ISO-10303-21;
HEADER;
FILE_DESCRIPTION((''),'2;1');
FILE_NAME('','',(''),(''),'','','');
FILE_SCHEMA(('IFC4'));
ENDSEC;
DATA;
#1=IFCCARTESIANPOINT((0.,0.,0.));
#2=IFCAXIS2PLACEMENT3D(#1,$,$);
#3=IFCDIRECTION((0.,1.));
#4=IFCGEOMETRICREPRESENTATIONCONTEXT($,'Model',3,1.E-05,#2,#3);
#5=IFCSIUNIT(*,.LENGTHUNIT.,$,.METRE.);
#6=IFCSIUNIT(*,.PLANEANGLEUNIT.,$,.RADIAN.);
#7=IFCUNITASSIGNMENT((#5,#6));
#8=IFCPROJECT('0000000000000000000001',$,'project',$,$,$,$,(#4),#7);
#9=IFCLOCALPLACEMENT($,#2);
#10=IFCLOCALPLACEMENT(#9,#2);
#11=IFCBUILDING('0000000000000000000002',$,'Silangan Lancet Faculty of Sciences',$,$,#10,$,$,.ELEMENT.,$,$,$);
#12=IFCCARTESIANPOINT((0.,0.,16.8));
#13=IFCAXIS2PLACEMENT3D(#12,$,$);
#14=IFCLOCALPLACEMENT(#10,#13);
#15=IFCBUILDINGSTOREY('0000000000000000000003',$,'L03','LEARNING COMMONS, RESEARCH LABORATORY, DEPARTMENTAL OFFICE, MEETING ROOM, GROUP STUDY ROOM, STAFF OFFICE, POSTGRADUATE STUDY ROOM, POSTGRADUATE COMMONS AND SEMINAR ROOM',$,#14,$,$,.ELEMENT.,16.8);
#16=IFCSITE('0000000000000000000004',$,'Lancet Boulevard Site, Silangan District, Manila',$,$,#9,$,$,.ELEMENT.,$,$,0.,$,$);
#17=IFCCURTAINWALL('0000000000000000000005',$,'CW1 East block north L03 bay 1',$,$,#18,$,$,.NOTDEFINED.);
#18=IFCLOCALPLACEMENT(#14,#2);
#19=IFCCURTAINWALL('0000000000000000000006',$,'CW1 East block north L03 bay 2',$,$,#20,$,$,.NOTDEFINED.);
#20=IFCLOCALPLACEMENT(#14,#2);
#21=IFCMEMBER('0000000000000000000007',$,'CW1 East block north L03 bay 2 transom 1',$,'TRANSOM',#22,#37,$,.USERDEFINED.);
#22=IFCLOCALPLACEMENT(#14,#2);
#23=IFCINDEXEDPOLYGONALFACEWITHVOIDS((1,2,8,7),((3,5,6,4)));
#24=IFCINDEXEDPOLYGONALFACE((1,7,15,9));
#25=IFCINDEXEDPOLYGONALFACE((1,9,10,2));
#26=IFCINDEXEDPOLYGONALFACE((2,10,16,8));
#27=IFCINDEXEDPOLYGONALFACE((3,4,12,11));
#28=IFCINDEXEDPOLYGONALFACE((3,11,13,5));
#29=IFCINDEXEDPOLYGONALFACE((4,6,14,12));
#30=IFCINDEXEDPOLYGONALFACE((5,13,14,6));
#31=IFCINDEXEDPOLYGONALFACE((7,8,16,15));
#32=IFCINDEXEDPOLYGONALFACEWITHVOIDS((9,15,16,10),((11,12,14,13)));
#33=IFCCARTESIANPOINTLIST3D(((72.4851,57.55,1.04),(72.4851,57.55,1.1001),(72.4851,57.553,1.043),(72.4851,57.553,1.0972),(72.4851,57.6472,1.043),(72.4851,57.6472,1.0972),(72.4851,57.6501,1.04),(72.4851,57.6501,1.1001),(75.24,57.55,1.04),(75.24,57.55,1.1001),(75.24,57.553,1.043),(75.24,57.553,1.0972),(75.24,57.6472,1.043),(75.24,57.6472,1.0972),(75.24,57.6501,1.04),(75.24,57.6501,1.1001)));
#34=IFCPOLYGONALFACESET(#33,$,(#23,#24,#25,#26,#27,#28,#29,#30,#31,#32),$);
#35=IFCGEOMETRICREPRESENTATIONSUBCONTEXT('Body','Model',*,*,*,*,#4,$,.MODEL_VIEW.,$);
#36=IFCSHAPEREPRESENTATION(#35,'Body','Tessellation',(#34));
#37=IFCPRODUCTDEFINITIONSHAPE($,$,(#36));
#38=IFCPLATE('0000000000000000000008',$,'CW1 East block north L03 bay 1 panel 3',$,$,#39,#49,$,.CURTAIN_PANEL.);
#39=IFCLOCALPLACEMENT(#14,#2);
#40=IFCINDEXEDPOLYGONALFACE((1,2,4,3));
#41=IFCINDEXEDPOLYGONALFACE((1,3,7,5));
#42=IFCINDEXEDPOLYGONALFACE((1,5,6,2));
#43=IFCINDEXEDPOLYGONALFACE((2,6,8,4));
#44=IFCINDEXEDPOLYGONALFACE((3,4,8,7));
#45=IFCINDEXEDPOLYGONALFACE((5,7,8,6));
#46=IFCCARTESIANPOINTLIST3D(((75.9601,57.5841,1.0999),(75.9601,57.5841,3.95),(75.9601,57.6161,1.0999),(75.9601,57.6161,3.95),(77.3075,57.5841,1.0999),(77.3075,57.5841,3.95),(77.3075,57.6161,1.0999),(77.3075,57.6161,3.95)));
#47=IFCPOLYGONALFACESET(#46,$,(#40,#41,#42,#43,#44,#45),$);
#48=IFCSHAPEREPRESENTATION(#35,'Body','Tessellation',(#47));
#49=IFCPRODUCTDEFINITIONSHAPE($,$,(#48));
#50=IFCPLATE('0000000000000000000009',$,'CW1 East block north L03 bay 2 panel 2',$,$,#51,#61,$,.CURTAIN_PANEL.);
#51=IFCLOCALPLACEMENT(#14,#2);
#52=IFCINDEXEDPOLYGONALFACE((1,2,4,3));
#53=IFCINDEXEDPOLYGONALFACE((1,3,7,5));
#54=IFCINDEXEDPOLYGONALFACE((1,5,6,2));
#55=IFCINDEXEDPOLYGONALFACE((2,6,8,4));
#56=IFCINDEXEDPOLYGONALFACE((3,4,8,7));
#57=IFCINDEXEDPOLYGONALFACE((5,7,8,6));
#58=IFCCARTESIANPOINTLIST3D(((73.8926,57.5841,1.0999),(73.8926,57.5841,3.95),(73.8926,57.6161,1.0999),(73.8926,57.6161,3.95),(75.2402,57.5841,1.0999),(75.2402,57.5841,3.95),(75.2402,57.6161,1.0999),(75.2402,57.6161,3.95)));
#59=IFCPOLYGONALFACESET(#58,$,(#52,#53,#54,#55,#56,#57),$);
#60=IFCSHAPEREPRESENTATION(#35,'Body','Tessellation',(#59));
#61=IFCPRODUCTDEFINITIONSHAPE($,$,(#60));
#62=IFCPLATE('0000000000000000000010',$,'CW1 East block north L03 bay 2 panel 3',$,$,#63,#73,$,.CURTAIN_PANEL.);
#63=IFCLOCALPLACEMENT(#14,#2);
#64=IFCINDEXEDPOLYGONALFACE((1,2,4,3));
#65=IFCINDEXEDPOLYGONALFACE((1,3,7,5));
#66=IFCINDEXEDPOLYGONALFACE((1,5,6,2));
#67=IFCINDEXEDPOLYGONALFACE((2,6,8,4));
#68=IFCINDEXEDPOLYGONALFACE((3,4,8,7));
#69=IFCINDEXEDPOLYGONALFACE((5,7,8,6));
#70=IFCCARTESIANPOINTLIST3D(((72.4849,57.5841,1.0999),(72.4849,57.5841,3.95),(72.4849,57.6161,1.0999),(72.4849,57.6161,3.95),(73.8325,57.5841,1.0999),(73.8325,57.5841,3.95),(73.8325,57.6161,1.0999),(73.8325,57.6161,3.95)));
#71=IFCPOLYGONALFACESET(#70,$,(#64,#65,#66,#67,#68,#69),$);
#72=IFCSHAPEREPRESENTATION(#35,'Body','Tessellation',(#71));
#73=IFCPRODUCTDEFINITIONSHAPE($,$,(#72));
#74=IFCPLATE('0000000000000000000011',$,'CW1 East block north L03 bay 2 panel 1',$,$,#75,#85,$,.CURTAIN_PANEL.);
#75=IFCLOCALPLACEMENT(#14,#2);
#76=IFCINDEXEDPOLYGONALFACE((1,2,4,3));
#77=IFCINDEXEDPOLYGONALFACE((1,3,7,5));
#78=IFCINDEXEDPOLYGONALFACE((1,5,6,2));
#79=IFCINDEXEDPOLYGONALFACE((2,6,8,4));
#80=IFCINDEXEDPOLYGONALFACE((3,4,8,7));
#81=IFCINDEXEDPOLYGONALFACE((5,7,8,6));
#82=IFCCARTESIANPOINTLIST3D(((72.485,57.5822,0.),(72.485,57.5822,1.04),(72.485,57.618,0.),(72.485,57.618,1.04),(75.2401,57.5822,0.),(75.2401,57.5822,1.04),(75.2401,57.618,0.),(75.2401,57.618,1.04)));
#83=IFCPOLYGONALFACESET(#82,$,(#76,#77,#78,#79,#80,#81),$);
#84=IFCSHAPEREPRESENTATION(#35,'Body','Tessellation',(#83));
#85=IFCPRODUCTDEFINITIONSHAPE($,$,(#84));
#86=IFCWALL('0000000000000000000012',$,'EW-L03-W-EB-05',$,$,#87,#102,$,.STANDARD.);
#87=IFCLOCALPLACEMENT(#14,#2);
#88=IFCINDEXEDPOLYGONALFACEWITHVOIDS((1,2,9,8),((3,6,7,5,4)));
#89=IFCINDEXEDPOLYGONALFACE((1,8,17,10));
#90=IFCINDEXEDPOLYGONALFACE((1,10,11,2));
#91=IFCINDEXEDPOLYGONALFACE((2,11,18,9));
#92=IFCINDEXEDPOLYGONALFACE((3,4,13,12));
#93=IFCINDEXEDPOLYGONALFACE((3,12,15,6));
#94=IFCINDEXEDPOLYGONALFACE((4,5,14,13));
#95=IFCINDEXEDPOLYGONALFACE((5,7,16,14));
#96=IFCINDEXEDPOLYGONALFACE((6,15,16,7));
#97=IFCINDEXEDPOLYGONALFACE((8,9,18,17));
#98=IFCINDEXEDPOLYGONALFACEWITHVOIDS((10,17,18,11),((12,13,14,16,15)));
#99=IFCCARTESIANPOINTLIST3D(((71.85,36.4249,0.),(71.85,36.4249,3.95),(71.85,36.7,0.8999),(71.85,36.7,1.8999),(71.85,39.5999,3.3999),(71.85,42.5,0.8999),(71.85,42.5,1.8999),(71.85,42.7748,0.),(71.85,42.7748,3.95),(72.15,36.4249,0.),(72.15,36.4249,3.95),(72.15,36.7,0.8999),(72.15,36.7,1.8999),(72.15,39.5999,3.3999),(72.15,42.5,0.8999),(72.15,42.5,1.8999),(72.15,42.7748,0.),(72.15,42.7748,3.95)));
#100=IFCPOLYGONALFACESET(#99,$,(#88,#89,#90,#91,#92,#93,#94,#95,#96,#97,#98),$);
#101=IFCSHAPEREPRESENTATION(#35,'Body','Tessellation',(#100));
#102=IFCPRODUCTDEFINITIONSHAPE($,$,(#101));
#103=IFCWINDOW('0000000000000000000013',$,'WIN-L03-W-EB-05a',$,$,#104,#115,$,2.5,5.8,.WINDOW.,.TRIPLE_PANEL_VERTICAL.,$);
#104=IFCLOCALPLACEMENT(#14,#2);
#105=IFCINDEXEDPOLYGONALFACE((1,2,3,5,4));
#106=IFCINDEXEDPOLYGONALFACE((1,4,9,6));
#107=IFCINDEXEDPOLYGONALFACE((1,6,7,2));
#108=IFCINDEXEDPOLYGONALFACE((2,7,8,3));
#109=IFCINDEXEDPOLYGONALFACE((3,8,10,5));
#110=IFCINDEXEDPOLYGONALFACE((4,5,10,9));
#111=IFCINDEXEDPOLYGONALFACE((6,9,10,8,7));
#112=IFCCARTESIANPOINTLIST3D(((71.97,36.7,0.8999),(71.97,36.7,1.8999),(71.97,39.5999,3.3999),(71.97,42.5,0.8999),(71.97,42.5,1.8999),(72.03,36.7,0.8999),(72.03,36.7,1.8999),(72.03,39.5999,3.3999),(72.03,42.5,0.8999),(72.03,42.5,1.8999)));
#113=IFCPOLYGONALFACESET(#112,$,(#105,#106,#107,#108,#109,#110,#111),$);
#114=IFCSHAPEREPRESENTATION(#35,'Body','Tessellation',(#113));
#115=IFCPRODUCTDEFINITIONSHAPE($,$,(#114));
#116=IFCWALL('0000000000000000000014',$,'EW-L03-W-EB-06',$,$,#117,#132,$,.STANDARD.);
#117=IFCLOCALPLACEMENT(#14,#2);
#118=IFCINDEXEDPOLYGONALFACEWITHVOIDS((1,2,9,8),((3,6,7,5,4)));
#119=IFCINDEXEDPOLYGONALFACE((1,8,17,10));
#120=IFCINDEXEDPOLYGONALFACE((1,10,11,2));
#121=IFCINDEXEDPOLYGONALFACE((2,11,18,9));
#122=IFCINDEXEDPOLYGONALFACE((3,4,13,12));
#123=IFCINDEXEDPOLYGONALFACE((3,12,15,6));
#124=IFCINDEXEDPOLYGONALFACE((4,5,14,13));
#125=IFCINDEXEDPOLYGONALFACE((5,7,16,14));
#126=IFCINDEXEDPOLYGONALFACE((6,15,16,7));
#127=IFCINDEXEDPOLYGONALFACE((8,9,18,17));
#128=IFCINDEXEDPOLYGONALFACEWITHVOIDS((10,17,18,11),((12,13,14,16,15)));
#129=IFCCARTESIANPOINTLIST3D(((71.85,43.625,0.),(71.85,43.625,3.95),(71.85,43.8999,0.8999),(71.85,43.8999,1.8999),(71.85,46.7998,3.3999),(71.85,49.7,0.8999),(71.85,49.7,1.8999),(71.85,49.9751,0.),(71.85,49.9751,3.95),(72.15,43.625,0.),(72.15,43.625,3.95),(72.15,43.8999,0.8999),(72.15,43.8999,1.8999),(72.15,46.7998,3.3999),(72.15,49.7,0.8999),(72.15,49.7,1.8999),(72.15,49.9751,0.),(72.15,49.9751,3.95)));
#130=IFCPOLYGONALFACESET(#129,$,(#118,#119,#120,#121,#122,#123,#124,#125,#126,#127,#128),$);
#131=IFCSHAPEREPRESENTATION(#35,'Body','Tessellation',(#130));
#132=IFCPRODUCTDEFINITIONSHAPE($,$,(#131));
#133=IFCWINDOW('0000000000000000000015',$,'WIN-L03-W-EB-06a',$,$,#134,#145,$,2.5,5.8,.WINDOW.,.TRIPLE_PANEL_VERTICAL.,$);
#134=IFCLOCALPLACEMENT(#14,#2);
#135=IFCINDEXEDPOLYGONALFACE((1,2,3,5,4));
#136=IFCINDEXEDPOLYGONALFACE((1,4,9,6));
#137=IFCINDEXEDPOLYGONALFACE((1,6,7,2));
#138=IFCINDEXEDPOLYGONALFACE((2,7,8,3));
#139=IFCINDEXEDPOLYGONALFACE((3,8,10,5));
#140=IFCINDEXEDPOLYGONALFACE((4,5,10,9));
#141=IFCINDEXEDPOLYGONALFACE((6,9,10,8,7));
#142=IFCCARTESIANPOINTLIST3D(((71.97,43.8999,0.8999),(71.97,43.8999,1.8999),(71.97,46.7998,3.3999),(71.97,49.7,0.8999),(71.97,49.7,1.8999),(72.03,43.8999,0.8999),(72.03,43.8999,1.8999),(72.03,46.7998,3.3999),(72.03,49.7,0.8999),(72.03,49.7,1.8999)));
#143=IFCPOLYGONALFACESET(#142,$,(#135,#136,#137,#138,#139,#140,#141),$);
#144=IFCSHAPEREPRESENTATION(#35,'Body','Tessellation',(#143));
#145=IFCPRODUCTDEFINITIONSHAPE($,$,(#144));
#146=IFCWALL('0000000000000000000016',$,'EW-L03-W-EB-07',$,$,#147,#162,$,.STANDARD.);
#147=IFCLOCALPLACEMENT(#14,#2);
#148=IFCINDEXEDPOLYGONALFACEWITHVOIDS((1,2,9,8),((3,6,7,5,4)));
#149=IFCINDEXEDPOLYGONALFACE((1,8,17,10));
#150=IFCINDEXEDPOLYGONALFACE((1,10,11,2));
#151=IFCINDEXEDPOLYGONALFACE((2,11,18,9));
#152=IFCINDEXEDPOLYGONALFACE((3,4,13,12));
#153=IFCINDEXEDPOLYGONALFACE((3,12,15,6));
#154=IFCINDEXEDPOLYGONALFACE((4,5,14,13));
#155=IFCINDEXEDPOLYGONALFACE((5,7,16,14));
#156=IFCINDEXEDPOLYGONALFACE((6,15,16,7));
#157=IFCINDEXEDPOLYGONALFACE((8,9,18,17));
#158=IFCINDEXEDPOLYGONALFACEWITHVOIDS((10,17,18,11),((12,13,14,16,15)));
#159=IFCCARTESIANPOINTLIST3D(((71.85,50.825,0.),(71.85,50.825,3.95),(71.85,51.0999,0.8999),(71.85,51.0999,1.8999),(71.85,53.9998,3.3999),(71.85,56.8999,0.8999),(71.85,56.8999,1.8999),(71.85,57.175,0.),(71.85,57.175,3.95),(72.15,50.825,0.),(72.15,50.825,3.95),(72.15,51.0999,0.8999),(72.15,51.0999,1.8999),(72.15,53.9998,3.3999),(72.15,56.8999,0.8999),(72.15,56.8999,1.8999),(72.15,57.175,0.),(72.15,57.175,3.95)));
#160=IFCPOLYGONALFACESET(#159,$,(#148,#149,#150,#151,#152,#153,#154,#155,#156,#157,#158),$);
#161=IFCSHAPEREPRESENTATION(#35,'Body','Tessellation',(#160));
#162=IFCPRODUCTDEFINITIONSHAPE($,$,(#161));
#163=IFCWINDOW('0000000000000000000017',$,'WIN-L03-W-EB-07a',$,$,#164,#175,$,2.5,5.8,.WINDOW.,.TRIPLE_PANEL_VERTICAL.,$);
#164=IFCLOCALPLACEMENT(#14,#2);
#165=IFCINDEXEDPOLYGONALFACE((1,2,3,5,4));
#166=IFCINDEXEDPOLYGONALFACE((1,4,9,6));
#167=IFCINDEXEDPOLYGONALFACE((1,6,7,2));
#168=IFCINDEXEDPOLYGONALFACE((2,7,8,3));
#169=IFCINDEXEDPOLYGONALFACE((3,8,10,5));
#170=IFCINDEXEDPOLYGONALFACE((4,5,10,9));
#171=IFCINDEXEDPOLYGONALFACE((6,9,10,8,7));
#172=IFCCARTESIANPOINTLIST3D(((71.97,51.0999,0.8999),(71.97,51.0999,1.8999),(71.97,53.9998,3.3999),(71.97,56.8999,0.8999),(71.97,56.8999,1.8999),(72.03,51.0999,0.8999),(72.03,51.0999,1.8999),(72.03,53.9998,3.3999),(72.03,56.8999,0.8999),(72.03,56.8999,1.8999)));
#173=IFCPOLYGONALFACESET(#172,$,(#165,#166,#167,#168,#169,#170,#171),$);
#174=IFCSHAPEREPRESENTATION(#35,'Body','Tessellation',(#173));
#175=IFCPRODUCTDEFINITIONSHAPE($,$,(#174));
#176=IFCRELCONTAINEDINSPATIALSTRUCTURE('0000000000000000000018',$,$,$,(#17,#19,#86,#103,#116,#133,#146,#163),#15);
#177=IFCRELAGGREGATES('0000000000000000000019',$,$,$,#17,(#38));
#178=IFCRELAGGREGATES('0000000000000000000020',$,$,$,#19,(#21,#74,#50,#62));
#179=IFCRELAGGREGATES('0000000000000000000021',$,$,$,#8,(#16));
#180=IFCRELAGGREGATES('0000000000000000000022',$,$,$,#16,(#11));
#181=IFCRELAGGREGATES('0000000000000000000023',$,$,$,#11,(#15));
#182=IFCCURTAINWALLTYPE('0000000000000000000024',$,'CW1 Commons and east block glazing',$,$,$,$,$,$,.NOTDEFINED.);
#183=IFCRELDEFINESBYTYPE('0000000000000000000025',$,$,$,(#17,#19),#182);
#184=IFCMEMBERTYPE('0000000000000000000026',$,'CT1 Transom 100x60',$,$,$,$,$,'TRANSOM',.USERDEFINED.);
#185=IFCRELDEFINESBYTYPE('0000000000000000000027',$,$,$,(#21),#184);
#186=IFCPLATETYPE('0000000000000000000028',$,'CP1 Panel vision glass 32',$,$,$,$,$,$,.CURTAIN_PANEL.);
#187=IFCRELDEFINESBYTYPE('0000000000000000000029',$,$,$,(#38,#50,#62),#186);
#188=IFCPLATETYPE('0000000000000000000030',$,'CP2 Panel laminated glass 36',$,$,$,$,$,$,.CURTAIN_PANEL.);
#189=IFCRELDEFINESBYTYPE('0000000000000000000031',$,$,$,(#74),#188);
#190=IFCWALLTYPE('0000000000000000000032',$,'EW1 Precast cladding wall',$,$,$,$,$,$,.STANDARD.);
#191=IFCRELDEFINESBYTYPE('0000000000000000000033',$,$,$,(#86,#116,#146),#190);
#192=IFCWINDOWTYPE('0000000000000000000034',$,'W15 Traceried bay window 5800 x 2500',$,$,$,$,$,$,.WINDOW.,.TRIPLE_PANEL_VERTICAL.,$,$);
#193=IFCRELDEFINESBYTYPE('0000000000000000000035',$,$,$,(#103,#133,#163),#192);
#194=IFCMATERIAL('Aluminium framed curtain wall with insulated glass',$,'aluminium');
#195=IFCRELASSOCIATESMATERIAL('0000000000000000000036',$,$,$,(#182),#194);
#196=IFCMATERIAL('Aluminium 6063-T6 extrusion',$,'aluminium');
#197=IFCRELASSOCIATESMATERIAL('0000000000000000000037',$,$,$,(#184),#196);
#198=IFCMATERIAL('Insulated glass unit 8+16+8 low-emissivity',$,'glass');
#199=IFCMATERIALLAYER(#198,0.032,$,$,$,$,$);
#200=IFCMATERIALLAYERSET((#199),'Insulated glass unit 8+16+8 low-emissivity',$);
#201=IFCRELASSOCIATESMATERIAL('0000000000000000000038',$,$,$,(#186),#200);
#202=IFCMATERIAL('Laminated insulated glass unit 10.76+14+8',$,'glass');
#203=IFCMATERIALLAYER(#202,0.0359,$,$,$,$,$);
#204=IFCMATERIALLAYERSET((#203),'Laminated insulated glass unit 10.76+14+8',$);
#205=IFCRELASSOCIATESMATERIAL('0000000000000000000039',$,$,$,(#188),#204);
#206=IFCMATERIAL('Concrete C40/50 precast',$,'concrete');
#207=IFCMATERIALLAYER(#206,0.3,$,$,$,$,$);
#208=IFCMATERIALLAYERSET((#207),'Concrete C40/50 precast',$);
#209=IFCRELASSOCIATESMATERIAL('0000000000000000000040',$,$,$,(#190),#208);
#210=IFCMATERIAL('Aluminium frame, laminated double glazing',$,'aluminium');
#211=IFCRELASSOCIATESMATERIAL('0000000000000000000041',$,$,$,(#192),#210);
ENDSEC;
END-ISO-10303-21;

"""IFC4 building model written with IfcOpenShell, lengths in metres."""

from ifc_helpers import new_model, si_unit, direction, frame, frame_2d, origin, origin_2d, place, context, subcontext, project, spatial, polyline, rectangle, hollow_rectangle, outline, extrude, material, layer, layer_set, material_profile, profile_set, type_object, element, fill, aggregate, save


model = new_model("IFC4")

# Units and contexts
model_context = context("Model", 3, precision=1e-05, world=origin(), true_north=direction((0.0, 1.0)))
body_context = subcontext(model_context, "Body", "Model", "MODEL_VIEW")
ifc_project = project(units=[si_unit("LENGTHUNIT", "METRE"), si_unit("PLANEANGLEUNIT", "RADIAN")], contexts=[model_context])

# Site, building, storey
site_placement = place(None, origin())
site = spatial("IfcSite", under=ifc_project, at=site_placement, Name="Lancet Boulevard Site, Silangan District, Manila", CompositionType="ELEMENT", RefElevation=0.0)
building_placement = place(site_placement, origin())
building = spatial("IfcBuilding", under=site, at=building_placement, Name="Silangan Lancet Faculty of Sciences", CompositionType="ELEMENT")
storey_placement = place(building_placement, frame((0.0, 0.0, 16.8)))
storey = spatial("IfcBuildingStorey", under=building, at=storey_placement, Name="L03", Description="LEARNING COMMONS, RESEARCH LABORATORY, DEPARTMENTAL OFFICE, MEETING ROOM, GROUP STUDY ROOM, STAFF OFFICE, POSTGRADUATE STUDY ROOM, POSTGRADUATE COMMONS AND SEMINAR ROOM", CompositionType="ELEMENT", Elevation=16.8)

# Curtain wall
ifc_material_1 = material(Name="Aluminium framed curtain wall with insulated glass", Category="aluminium")
curtain_wall_type = type_object("IfcCurtainWallType", Name="CW1 Commons and east block glazing", PredefinedType="NOTDEFINED", material=ifc_material_1)
curtain_wall_1_placement = place(storey_placement, origin())
curtain_wall_1 = element("IfcCurtainWall", 1, at=curtain_wall_1_placement, inside=storey, type_object=curtain_wall_type, Name="CW1 East block north L03 bay 1", PredefinedType="NOTDEFINED")

# Curtain wall, member
curtain_wall_2_placement = place(storey_placement, origin())
curtain_wall_2 = element("IfcCurtainWall", 2, at=curtain_wall_2_placement, inside=storey, type_object=curtain_wall_type, Name="CW1 East block north L03 bay 2", PredefinedType="NOTDEFINED")
ifc_material_2 = material(Name="Aluminium 6063-T6 extrusion", Category="aluminium")
ifc_material_profile_1 = material_profile(ifc_material_2, hollow_rectangle(XDim=0.1001, YDim=0.0601, WallThickness=0.0029, at=origin_2d()), Name="AL BOX 100x60x3")
ifc_profile_set_1 = profile_set([ifc_material_profile_1], Name="Aluminium 6063-T6 extrusion")
member_type_1 = type_object("IfcMemberType", Name="CT1 Transom 100x60", ElementType="TRANSOM", PredefinedType="USERDEFINED", material=ifc_profile_set_1)
member_1_placement = place(storey_placement, frame((75.24, 57.6001, 1.0701), z_axis=(-1.0, 0.0, 0.0), x_axis=(0.0, -1.0, 0.0)))
member_1 = element("IfcMember", 3, at=member_1_placement, type_object=member_type_1, Name="CW1 East block north L03 bay 2 transom 1", ObjectType="TRANSOM", PredefinedType="USERDEFINED", context=body_context, shape_type="SweptSolid", body=[
    extrude(hollow_rectangle(XDim=0.1001, YDim=0.0601, WallThickness=0.0029, at=origin_2d()), origin(), (0.0, 0.0, 1.0), 2.7549),
])

# Plates
ifc_material_3 = material(Name="Insulated glass unit 8+16+8 low-emissivity", Category="glass")
ifc_layer_1 = layer(ifc_material_3, 0.032)
ifc_layer_set_1 = layer_set([ifc_layer_1], Name="Insulated glass unit 8+16+8 low-emissivity")
plate_type_1 = type_object("IfcPlateType", Name="CP1 Panel vision glass 32", PredefinedType="CURTAIN_PANEL", material=ifc_layer_set_1)
plate_1_placement = place(storey_placement, frame((76.6338, 57.6001, 1.0999), z_axis=(0.0, 0.0, 1.0), x_axis=(-1.0, 0.0, 0.0)))
plate_1 = element("IfcPlate", 4, at=plate_1_placement, type_object=plate_type_1, Name="CW1 East block north L03 bay 1 panel 3", PredefinedType="CURTAIN_PANEL", context=body_context, shape_type="SweptSolid", body=[
    extrude(rectangle(XDim=1.3474, YDim=0.032, at=origin_2d()), origin(), (0.0, 0.0, 1.0), 2.8501),
])
aggregate(curtain_wall_1, [plate_1])
plate_2_placement = place(storey_placement, frame((74.5664, 57.6001, 1.0999), z_axis=(0.0, 0.0, 1.0), x_axis=(-1.0, 0.0, 0.0)))
plate_2 = element("IfcPlate", 5, at=plate_2_placement, type_object=plate_type_1, Name="CW1 East block north L03 bay 2 panel 2", PredefinedType="CURTAIN_PANEL", context=body_context, shape_type="SweptSolid", body=[
    extrude(rectangle(XDim=1.3477, YDim=0.032, at=origin_2d()), origin(), (0.0, 0.0, 1.0), 2.8501),
])
plate_3_placement = place(storey_placement, frame((73.1587, 57.6001, 1.0999), z_axis=(0.0, 0.0, 1.0), x_axis=(-1.0, 0.0, 0.0)))
plate_3 = element("IfcPlate", 6, at=plate_3_placement, type_object=plate_type_1, Name="CW1 East block north L03 bay 2 panel 3", PredefinedType="CURTAIN_PANEL", context=body_context, shape_type="SweptSolid", body=[
    extrude(rectangle(XDim=1.3477, YDim=0.032, at=origin_2d()), origin(), (0.0, 0.0, 1.0), 2.8501),
])
ifc_material_4 = material(Name="Laminated insulated glass unit 10.76+14+8", Category="glass")
ifc_layer_2 = layer(ifc_material_4, 0.0359)
ifc_layer_set_2 = layer_set([ifc_layer_2], Name="Laminated insulated glass unit 10.76+14+8")
plate_type_2 = type_object("IfcPlateType", Name="CP2 Panel laminated glass 36", PredefinedType="CURTAIN_PANEL", material=ifc_layer_set_2)
plate_4_placement = place(storey_placement, frame((73.8625, 57.6001, 0.0), z_axis=(0.0, 0.0, 1.0), x_axis=(-1.0, 0.0, 0.0)))
plate_4 = element("IfcPlate", 7, at=plate_4_placement, type_object=plate_type_2, Name="CW1 East block north L03 bay 2 panel 1", PredefinedType="CURTAIN_PANEL", context=body_context, shape_type="SweptSolid", body=[
    extrude(rectangle(XDim=2.7551, YDim=0.0359, at=origin_2d()), origin(), (0.0, 0.0, 1.0), 1.04),
])
aggregate(curtain_wall_2, [member_1, plate_4, plate_2, plate_3])

# Walls, openings, windows
ifc_material_5 = material(Name="Concrete C40/50 precast", Category="concrete")
ifc_layer_3 = layer(ifc_material_5, 0.3)
ifc_layer_set_3 = layer_set([ifc_layer_3], Name="Concrete C40/50 precast")
wall_type_1 = type_object("IfcWallType", Name="EW1 Precast cladding wall", PredefinedType="STANDARD", material=ifc_layer_set_3)
wall_1_placement = place(storey_placement, frame((72.0, 36.425, 0.0), z_axis=(0.0, 0.0, 1.0), x_axis=(0.0, 1.0, 0.0)))
wall_1 = element("IfcWall", 8, at=wall_1_placement, inside=storey, type_object=wall_type_1, Name="EW-L03-W-EB-05", PredefinedType="STANDARD", context=body_context, shape_type="SweptSolid", body=[
    extrude(rectangle(XDim=6.3499, YDim=0.3, at=frame_2d((3.1748, 0.0))), origin(), (0.0, 0.0, 1.0), 3.95),
])
opening_1_placement = place(wall_1_placement, frame((0.2749, 0.0, 0.8999)))
opening_1 = element("IfcOpeningElement", 9, at=opening_1_placement, cuts=wall_1, PredefinedType="OPENING", context=body_context, shape_type="SweptSolid", body=[
    extrude(outline(polyline([(0.0, 0.0), (5.8, 0.0), (5.8, 1.0), (2.8999, 2.5), (0.0, 1.0), (0.0, 0.0)])), frame((0.0, 0.1599, 0.0), z_axis=(0.0, -1.0, 0.0), x_axis=(1.0, 0.0, 0.0)), (0.0, 0.0, 1.0), 0.3201),
])
ifc_material_6 = material(Name="Aluminium frame, laminated double glazing", Category="aluminium")
window_type = type_object("IfcWindowType", Name="W15 Traceried bay window 5800 x 2500", PartitioningType="TRIPLE_PANEL_VERTICAL", PredefinedType="WINDOW", material=ifc_material_6)
window_1_placement = place(opening_1_placement, origin())
window_1 = element("IfcWindow", 10, at=window_1_placement, inside=storey, type_object=window_type, Name="WIN-L03-W-EB-05a", OverallHeight=2.5, OverallWidth=5.8, PartitioningType="TRIPLE_PANEL_VERTICAL", PredefinedType="WINDOW", context=body_context, shape_type="SweptSolid", body=[
    extrude(outline(polyline([(0.0, 0.0), (5.8, 0.0), (5.8, 1.0), (2.8999, 2.5), (0.0, 1.0), (0.0, 0.0)])), frame((0.0, 0.03, 0.0), z_axis=(0.0, -1.0, 0.0), x_axis=(1.0, 0.0, 0.0)), (0.0, 0.0, 1.0), 0.0601),
])
fill(opening_1, window_1)
wall_2_placement = place(storey_placement, frame((72.0, 43.625, 0.0), z_axis=(0.0, 0.0, 1.0), x_axis=(0.0, 1.0, 0.0)))
wall_2 = element("IfcWall", 11, at=wall_2_placement, inside=storey, type_object=wall_type_1, Name="EW-L03-W-EB-06", PredefinedType="STANDARD", context=body_context, shape_type="SweptSolid", body=[
    extrude(rectangle(XDim=6.3501, YDim=0.3, at=frame_2d((3.175, 0.0))), origin(), (0.0, 0.0, 1.0), 3.95),
])
opening_2_placement = place(wall_2_placement, frame((0.2749, 0.0, 0.8999)))
opening_2 = element("IfcOpeningElement", 12, at=opening_2_placement, cuts=wall_2, PredefinedType="OPENING", context=body_context, shape_type="SweptSolid", body=[
    extrude(outline(polyline([(0.0, 0.0), (5.8, 0.0), (5.8, 1.0), (2.8999, 2.5), (0.0, 1.0), (0.0, 0.0)])), frame((0.0, 0.1599, 0.0), z_axis=(0.0, -1.0, 0.0), x_axis=(1.0, 0.0, 0.0)), (0.0, 0.0, 1.0), 0.3201),
])
window_2_placement = place(opening_2_placement, origin())
window_2 = element("IfcWindow", 13, at=window_2_placement, inside=storey, type_object=window_type, Name="WIN-L03-W-EB-06a", OverallHeight=2.5, OverallWidth=5.8, PartitioningType="TRIPLE_PANEL_VERTICAL", PredefinedType="WINDOW", context=body_context, shape_type="SweptSolid", body=[
    extrude(outline(polyline([(0.0, 0.0), (5.8, 0.0), (5.8, 1.0), (2.8999, 2.5), (0.0, 1.0), (0.0, 0.0)])), frame((0.0, 0.03, 0.0), z_axis=(0.0, -1.0, 0.0), x_axis=(1.0, 0.0, 0.0)), (0.0, 0.0, 1.0), 0.0601),
])
fill(opening_2, window_2)
wall_3_placement = place(storey_placement, frame((72.0, 50.825, 0.0), z_axis=(0.0, 0.0, 1.0), x_axis=(0.0, 1.0, 0.0)))
wall_3 = element("IfcWall", 14, at=wall_3_placement, inside=storey, type_object=wall_type_1, Name="EW-L03-W-EB-07", PredefinedType="STANDARD", context=body_context, shape_type="SweptSolid", body=[
    extrude(rectangle(XDim=6.3501, YDim=0.3, at=frame_2d((3.175, 0.0))), origin(), (0.0, 0.0, 1.0), 3.95),
])
opening_3_placement = place(wall_3_placement, frame((0.2749, 0.0, 0.8999)))
opening_3 = element("IfcOpeningElement", 15, at=opening_3_placement, cuts=wall_3, PredefinedType="OPENING", context=body_context, shape_type="SweptSolid", body=[
    extrude(outline(polyline([(0.0, 0.0), (5.8, 0.0), (5.8, 1.0), (2.8999, 2.5), (0.0, 1.0), (0.0, 0.0)])), frame((0.0, 0.1599, 0.0), z_axis=(0.0, -1.0, 0.0), x_axis=(1.0, 0.0, 0.0)), (0.0, 0.0, 1.0), 0.3201),
])
window_3_placement = place(opening_3_placement, origin())
window_3 = element("IfcWindow", 16, at=window_3_placement, inside=storey, type_object=window_type, Name="WIN-L03-W-EB-07a", OverallHeight=2.5, OverallWidth=5.8, PartitioningType="TRIPLE_PANEL_VERTICAL", PredefinedType="WINDOW", context=body_context, shape_type="SweptSolid", body=[
    extrude(outline(polyline([(0.0, 0.0), (5.8, 0.0), (5.8, 1.0), (2.8999, 2.5), (0.0, 1.0), (0.0, 0.0)])), frame((0.0, 0.03, 0.0), z_axis=(0.0, -1.0, 0.0), x_axis=(1.0, 0.0, 0.0)), (0.0, 0.0, 1.0), 0.0601),
])
fill(opening_3, window_3)

save(model, "model.ifc")
